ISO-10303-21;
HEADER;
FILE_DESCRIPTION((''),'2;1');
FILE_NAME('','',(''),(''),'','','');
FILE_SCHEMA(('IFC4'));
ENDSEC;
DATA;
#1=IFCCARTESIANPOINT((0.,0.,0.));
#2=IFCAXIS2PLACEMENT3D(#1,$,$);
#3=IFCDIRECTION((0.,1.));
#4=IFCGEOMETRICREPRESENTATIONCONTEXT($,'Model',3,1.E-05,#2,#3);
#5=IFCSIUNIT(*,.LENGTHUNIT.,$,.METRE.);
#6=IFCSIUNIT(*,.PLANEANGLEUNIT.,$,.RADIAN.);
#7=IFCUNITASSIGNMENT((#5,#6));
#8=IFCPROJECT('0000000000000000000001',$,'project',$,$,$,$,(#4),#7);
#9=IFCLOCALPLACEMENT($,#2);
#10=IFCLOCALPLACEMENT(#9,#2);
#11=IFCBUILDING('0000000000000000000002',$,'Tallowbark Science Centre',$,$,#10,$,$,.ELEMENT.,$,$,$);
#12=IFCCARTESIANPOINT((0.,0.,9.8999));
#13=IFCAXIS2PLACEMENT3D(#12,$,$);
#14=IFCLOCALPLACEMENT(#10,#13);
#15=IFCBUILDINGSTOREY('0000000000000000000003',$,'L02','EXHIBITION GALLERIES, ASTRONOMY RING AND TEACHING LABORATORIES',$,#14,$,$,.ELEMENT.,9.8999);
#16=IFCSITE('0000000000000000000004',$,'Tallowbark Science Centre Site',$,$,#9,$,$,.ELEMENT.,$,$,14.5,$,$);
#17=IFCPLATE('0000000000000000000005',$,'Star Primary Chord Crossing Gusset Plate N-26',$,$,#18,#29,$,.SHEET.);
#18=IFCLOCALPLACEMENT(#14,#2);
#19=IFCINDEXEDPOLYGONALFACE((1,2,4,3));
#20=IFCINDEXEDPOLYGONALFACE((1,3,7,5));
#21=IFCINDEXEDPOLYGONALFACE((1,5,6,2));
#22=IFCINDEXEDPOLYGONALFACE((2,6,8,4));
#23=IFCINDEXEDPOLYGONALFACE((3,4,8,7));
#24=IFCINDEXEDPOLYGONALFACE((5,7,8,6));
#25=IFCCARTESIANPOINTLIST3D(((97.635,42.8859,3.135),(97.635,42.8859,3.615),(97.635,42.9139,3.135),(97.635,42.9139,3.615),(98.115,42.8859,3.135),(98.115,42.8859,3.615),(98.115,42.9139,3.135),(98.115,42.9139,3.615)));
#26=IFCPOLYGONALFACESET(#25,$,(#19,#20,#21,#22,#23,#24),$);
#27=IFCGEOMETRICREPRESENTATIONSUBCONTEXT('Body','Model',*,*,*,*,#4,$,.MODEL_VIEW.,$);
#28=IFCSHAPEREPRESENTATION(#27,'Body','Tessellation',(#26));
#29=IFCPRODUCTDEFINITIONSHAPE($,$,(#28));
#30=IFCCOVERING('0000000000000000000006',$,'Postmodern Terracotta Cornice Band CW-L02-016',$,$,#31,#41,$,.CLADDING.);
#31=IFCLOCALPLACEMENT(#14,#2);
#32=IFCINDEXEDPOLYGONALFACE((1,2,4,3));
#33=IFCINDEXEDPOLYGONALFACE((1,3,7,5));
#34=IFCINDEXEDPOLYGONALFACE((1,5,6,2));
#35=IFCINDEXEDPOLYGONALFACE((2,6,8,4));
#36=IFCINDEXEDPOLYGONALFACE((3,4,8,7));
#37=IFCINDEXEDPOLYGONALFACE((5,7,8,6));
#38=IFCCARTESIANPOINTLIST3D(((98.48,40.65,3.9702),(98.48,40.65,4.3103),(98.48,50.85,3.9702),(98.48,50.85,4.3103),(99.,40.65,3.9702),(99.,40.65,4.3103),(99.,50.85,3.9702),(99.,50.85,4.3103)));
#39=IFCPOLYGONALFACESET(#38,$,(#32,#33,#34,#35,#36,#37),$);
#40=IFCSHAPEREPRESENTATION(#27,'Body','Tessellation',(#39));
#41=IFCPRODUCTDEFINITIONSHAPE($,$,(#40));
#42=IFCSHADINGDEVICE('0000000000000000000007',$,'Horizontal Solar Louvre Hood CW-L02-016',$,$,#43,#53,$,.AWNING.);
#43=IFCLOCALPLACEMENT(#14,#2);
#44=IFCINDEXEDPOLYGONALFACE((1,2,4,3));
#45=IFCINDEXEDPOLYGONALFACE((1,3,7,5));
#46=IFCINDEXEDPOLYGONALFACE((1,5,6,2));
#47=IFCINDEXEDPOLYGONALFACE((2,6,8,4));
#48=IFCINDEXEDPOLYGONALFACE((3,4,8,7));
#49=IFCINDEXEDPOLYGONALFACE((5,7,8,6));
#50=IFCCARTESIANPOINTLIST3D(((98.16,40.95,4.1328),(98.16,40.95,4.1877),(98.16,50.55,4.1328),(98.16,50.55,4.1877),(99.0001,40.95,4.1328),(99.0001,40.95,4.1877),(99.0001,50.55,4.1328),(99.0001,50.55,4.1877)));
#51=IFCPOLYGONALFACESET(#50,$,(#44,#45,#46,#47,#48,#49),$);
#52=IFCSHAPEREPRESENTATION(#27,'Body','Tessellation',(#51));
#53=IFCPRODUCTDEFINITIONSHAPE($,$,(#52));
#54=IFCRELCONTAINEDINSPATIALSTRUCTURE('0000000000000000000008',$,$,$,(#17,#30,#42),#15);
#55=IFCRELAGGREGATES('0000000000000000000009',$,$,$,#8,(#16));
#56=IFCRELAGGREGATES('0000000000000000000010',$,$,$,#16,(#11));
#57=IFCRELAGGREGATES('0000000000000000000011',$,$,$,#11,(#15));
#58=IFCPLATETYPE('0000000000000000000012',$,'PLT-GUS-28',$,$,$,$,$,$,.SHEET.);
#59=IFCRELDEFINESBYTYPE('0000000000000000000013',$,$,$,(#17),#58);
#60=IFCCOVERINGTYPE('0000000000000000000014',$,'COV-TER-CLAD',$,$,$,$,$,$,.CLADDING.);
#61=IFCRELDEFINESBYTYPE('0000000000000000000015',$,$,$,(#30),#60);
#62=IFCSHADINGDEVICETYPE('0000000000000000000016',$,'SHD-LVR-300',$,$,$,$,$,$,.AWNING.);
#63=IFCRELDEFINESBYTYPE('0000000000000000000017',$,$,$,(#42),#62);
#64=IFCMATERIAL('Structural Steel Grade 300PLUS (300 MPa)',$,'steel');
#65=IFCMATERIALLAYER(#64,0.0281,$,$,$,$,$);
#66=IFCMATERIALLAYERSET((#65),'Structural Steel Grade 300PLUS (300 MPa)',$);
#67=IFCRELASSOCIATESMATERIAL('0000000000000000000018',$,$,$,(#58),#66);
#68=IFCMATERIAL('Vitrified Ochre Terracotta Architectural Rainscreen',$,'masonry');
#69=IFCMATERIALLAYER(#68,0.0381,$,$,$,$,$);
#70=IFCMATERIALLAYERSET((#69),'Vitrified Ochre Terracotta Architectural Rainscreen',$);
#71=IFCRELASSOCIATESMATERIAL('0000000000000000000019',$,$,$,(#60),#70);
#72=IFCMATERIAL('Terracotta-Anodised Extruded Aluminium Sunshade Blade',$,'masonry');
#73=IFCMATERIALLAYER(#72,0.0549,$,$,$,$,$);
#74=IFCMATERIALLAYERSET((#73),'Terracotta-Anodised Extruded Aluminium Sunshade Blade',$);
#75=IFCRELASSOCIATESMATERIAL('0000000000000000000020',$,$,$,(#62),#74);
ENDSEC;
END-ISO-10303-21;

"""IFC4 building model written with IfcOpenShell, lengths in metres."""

from ifc_helpers import new_model, si_unit, direction, frame, origin, origin_2d, place, context, subcontext, project, spatial, rectangle, extrude, material, layer, layer_set, type_object, element, save


model = new_model("IFC4")

# Units and contexts
model_context = context("Model", 3, precision=1e-05, world=origin(), true_north=direction((0.0, 1.0)))
body_context = subcontext(model_context, "Body", "Model", "MODEL_VIEW")
ifc_project = project(units=[si_unit("LENGTHUNIT", "METRE"), si_unit("PLANEANGLEUNIT", "RADIAN")], contexts=[model_context])

# Site, building, storey
site_placement = place(None, origin())
site = spatial("IfcSite", under=ifc_project, at=site_placement, Name="Tallowbark Science Centre Site", CompositionType="ELEMENT", RefElevation=14.5)
building_placement = place(site_placement, origin())
building = spatial("IfcBuilding", under=site, at=building_placement, Name="Tallowbark Science Centre", CompositionType="ELEMENT")
storey_placement = place(building_placement, frame((0.0, 0.0, 9.8999)))
storey = spatial("IfcBuildingStorey", under=building, at=storey_placement, Name="L02", Description="EXHIBITION GALLERIES, ASTRONOMY RING AND TEACHING LABORATORIES", CompositionType="ELEMENT", Elevation=9.8999)

# Shared definitions
ifc_material_1 = material(Name="Structural Steel Grade 300PLUS (300 MPa)", Category="steel")

# Plate
ifc_layer_1 = layer(ifc_material_1, 0.0281)
ifc_layer_set_1 = layer_set([ifc_layer_1], Name="Structural Steel Grade 300PLUS (300 MPa)")
plate_type_1 = type_object("IfcPlateType", Name="PLT-GUS-28", PredefinedType="SHEET", material=ifc_layer_set_1)
plate_1_placement = place(storey_placement, frame((97.875, 42.8999, 3.135), z_axis=(0.0, 0.0, 1.0), x_axis=(1.0, 0.0, 0.0)))
element("IfcPlate", 1, at=plate_1_placement, inside=storey, type_object=plate_type_1, Name="Star Primary Chord Crossing Gusset Plate N-26", PredefinedType="SHEET", context=body_context, shape_type="SweptSolid", body=[
    extrude(rectangle(XDim=0.48, YDim=0.0281, at=origin_2d()), origin(), (0.0, 0.0, 1.0), 0.48),
])

# Covering
ifc_material_2 = material(Name="Vitrified Ochre Terracotta Architectural Rainscreen", Category="masonry")
ifc_layer_2 = layer(ifc_material_2, 0.0381)
ifc_layer_set_2 = layer_set([ifc_layer_2], Name="Vitrified Ochre Terracotta Architectural Rainscreen")
covering_type = type_object("IfcCoveringType", Name="COV-TER-CLAD", PredefinedType="CLADDING", material=ifc_layer_set_2)
covering_placement = place(storey_placement, frame((98.74, 45.75, 3.9702), z_axis=(0.0, 0.0, 1.0), x_axis=(0.0, -1.0, 0.0)))
element("IfcCovering", 2, at=covering_placement, inside=storey, type_object=covering_type, Name="Postmodern Terracotta Cornice Band CW-L02-016", PredefinedType="CLADDING", context=body_context, shape_type="SweptSolid", body=[
    extrude(rectangle(XDim=10.2, YDim=0.52, at=origin_2d()), origin(), (0.0, 0.0, 1.0), 0.3401),
])

# Shading device
ifc_material_3 = material(Name="Terracotta-Anodised Extruded Aluminium Sunshade Blade", Category="masonry")
ifc_layer_3 = layer(ifc_material_3, 0.0549)
ifc_layer_set_3 = layer_set([ifc_layer_3], Name="Terracotta-Anodised Extruded Aluminium Sunshade Blade")
shading_device_type = type_object("IfcShadingDeviceType", Name="SHD-LVR-300", PredefinedType="AWNING", material=ifc_layer_set_3)
shading_device_placement = place(storey_placement, frame((98.5801, 45.75, 4.1328), z_axis=(0.0, 0.0, 1.0), x_axis=(0.0, -1.0, 0.0)))
element("IfcShadingDevice", 3, at=shading_device_placement, inside=storey, type_object=shading_device_type, Name="Horizontal Solar Louvre Hood CW-L02-016", PredefinedType="AWNING", context=body_context, shape_type="SweptSolid", body=[
    extrude(rectangle(XDim=9.6001, YDim=0.8401, at=origin_2d()), origin(), (0.0, 0.0, 1.0), 0.0549),
])

save(model, "model.ifc")
